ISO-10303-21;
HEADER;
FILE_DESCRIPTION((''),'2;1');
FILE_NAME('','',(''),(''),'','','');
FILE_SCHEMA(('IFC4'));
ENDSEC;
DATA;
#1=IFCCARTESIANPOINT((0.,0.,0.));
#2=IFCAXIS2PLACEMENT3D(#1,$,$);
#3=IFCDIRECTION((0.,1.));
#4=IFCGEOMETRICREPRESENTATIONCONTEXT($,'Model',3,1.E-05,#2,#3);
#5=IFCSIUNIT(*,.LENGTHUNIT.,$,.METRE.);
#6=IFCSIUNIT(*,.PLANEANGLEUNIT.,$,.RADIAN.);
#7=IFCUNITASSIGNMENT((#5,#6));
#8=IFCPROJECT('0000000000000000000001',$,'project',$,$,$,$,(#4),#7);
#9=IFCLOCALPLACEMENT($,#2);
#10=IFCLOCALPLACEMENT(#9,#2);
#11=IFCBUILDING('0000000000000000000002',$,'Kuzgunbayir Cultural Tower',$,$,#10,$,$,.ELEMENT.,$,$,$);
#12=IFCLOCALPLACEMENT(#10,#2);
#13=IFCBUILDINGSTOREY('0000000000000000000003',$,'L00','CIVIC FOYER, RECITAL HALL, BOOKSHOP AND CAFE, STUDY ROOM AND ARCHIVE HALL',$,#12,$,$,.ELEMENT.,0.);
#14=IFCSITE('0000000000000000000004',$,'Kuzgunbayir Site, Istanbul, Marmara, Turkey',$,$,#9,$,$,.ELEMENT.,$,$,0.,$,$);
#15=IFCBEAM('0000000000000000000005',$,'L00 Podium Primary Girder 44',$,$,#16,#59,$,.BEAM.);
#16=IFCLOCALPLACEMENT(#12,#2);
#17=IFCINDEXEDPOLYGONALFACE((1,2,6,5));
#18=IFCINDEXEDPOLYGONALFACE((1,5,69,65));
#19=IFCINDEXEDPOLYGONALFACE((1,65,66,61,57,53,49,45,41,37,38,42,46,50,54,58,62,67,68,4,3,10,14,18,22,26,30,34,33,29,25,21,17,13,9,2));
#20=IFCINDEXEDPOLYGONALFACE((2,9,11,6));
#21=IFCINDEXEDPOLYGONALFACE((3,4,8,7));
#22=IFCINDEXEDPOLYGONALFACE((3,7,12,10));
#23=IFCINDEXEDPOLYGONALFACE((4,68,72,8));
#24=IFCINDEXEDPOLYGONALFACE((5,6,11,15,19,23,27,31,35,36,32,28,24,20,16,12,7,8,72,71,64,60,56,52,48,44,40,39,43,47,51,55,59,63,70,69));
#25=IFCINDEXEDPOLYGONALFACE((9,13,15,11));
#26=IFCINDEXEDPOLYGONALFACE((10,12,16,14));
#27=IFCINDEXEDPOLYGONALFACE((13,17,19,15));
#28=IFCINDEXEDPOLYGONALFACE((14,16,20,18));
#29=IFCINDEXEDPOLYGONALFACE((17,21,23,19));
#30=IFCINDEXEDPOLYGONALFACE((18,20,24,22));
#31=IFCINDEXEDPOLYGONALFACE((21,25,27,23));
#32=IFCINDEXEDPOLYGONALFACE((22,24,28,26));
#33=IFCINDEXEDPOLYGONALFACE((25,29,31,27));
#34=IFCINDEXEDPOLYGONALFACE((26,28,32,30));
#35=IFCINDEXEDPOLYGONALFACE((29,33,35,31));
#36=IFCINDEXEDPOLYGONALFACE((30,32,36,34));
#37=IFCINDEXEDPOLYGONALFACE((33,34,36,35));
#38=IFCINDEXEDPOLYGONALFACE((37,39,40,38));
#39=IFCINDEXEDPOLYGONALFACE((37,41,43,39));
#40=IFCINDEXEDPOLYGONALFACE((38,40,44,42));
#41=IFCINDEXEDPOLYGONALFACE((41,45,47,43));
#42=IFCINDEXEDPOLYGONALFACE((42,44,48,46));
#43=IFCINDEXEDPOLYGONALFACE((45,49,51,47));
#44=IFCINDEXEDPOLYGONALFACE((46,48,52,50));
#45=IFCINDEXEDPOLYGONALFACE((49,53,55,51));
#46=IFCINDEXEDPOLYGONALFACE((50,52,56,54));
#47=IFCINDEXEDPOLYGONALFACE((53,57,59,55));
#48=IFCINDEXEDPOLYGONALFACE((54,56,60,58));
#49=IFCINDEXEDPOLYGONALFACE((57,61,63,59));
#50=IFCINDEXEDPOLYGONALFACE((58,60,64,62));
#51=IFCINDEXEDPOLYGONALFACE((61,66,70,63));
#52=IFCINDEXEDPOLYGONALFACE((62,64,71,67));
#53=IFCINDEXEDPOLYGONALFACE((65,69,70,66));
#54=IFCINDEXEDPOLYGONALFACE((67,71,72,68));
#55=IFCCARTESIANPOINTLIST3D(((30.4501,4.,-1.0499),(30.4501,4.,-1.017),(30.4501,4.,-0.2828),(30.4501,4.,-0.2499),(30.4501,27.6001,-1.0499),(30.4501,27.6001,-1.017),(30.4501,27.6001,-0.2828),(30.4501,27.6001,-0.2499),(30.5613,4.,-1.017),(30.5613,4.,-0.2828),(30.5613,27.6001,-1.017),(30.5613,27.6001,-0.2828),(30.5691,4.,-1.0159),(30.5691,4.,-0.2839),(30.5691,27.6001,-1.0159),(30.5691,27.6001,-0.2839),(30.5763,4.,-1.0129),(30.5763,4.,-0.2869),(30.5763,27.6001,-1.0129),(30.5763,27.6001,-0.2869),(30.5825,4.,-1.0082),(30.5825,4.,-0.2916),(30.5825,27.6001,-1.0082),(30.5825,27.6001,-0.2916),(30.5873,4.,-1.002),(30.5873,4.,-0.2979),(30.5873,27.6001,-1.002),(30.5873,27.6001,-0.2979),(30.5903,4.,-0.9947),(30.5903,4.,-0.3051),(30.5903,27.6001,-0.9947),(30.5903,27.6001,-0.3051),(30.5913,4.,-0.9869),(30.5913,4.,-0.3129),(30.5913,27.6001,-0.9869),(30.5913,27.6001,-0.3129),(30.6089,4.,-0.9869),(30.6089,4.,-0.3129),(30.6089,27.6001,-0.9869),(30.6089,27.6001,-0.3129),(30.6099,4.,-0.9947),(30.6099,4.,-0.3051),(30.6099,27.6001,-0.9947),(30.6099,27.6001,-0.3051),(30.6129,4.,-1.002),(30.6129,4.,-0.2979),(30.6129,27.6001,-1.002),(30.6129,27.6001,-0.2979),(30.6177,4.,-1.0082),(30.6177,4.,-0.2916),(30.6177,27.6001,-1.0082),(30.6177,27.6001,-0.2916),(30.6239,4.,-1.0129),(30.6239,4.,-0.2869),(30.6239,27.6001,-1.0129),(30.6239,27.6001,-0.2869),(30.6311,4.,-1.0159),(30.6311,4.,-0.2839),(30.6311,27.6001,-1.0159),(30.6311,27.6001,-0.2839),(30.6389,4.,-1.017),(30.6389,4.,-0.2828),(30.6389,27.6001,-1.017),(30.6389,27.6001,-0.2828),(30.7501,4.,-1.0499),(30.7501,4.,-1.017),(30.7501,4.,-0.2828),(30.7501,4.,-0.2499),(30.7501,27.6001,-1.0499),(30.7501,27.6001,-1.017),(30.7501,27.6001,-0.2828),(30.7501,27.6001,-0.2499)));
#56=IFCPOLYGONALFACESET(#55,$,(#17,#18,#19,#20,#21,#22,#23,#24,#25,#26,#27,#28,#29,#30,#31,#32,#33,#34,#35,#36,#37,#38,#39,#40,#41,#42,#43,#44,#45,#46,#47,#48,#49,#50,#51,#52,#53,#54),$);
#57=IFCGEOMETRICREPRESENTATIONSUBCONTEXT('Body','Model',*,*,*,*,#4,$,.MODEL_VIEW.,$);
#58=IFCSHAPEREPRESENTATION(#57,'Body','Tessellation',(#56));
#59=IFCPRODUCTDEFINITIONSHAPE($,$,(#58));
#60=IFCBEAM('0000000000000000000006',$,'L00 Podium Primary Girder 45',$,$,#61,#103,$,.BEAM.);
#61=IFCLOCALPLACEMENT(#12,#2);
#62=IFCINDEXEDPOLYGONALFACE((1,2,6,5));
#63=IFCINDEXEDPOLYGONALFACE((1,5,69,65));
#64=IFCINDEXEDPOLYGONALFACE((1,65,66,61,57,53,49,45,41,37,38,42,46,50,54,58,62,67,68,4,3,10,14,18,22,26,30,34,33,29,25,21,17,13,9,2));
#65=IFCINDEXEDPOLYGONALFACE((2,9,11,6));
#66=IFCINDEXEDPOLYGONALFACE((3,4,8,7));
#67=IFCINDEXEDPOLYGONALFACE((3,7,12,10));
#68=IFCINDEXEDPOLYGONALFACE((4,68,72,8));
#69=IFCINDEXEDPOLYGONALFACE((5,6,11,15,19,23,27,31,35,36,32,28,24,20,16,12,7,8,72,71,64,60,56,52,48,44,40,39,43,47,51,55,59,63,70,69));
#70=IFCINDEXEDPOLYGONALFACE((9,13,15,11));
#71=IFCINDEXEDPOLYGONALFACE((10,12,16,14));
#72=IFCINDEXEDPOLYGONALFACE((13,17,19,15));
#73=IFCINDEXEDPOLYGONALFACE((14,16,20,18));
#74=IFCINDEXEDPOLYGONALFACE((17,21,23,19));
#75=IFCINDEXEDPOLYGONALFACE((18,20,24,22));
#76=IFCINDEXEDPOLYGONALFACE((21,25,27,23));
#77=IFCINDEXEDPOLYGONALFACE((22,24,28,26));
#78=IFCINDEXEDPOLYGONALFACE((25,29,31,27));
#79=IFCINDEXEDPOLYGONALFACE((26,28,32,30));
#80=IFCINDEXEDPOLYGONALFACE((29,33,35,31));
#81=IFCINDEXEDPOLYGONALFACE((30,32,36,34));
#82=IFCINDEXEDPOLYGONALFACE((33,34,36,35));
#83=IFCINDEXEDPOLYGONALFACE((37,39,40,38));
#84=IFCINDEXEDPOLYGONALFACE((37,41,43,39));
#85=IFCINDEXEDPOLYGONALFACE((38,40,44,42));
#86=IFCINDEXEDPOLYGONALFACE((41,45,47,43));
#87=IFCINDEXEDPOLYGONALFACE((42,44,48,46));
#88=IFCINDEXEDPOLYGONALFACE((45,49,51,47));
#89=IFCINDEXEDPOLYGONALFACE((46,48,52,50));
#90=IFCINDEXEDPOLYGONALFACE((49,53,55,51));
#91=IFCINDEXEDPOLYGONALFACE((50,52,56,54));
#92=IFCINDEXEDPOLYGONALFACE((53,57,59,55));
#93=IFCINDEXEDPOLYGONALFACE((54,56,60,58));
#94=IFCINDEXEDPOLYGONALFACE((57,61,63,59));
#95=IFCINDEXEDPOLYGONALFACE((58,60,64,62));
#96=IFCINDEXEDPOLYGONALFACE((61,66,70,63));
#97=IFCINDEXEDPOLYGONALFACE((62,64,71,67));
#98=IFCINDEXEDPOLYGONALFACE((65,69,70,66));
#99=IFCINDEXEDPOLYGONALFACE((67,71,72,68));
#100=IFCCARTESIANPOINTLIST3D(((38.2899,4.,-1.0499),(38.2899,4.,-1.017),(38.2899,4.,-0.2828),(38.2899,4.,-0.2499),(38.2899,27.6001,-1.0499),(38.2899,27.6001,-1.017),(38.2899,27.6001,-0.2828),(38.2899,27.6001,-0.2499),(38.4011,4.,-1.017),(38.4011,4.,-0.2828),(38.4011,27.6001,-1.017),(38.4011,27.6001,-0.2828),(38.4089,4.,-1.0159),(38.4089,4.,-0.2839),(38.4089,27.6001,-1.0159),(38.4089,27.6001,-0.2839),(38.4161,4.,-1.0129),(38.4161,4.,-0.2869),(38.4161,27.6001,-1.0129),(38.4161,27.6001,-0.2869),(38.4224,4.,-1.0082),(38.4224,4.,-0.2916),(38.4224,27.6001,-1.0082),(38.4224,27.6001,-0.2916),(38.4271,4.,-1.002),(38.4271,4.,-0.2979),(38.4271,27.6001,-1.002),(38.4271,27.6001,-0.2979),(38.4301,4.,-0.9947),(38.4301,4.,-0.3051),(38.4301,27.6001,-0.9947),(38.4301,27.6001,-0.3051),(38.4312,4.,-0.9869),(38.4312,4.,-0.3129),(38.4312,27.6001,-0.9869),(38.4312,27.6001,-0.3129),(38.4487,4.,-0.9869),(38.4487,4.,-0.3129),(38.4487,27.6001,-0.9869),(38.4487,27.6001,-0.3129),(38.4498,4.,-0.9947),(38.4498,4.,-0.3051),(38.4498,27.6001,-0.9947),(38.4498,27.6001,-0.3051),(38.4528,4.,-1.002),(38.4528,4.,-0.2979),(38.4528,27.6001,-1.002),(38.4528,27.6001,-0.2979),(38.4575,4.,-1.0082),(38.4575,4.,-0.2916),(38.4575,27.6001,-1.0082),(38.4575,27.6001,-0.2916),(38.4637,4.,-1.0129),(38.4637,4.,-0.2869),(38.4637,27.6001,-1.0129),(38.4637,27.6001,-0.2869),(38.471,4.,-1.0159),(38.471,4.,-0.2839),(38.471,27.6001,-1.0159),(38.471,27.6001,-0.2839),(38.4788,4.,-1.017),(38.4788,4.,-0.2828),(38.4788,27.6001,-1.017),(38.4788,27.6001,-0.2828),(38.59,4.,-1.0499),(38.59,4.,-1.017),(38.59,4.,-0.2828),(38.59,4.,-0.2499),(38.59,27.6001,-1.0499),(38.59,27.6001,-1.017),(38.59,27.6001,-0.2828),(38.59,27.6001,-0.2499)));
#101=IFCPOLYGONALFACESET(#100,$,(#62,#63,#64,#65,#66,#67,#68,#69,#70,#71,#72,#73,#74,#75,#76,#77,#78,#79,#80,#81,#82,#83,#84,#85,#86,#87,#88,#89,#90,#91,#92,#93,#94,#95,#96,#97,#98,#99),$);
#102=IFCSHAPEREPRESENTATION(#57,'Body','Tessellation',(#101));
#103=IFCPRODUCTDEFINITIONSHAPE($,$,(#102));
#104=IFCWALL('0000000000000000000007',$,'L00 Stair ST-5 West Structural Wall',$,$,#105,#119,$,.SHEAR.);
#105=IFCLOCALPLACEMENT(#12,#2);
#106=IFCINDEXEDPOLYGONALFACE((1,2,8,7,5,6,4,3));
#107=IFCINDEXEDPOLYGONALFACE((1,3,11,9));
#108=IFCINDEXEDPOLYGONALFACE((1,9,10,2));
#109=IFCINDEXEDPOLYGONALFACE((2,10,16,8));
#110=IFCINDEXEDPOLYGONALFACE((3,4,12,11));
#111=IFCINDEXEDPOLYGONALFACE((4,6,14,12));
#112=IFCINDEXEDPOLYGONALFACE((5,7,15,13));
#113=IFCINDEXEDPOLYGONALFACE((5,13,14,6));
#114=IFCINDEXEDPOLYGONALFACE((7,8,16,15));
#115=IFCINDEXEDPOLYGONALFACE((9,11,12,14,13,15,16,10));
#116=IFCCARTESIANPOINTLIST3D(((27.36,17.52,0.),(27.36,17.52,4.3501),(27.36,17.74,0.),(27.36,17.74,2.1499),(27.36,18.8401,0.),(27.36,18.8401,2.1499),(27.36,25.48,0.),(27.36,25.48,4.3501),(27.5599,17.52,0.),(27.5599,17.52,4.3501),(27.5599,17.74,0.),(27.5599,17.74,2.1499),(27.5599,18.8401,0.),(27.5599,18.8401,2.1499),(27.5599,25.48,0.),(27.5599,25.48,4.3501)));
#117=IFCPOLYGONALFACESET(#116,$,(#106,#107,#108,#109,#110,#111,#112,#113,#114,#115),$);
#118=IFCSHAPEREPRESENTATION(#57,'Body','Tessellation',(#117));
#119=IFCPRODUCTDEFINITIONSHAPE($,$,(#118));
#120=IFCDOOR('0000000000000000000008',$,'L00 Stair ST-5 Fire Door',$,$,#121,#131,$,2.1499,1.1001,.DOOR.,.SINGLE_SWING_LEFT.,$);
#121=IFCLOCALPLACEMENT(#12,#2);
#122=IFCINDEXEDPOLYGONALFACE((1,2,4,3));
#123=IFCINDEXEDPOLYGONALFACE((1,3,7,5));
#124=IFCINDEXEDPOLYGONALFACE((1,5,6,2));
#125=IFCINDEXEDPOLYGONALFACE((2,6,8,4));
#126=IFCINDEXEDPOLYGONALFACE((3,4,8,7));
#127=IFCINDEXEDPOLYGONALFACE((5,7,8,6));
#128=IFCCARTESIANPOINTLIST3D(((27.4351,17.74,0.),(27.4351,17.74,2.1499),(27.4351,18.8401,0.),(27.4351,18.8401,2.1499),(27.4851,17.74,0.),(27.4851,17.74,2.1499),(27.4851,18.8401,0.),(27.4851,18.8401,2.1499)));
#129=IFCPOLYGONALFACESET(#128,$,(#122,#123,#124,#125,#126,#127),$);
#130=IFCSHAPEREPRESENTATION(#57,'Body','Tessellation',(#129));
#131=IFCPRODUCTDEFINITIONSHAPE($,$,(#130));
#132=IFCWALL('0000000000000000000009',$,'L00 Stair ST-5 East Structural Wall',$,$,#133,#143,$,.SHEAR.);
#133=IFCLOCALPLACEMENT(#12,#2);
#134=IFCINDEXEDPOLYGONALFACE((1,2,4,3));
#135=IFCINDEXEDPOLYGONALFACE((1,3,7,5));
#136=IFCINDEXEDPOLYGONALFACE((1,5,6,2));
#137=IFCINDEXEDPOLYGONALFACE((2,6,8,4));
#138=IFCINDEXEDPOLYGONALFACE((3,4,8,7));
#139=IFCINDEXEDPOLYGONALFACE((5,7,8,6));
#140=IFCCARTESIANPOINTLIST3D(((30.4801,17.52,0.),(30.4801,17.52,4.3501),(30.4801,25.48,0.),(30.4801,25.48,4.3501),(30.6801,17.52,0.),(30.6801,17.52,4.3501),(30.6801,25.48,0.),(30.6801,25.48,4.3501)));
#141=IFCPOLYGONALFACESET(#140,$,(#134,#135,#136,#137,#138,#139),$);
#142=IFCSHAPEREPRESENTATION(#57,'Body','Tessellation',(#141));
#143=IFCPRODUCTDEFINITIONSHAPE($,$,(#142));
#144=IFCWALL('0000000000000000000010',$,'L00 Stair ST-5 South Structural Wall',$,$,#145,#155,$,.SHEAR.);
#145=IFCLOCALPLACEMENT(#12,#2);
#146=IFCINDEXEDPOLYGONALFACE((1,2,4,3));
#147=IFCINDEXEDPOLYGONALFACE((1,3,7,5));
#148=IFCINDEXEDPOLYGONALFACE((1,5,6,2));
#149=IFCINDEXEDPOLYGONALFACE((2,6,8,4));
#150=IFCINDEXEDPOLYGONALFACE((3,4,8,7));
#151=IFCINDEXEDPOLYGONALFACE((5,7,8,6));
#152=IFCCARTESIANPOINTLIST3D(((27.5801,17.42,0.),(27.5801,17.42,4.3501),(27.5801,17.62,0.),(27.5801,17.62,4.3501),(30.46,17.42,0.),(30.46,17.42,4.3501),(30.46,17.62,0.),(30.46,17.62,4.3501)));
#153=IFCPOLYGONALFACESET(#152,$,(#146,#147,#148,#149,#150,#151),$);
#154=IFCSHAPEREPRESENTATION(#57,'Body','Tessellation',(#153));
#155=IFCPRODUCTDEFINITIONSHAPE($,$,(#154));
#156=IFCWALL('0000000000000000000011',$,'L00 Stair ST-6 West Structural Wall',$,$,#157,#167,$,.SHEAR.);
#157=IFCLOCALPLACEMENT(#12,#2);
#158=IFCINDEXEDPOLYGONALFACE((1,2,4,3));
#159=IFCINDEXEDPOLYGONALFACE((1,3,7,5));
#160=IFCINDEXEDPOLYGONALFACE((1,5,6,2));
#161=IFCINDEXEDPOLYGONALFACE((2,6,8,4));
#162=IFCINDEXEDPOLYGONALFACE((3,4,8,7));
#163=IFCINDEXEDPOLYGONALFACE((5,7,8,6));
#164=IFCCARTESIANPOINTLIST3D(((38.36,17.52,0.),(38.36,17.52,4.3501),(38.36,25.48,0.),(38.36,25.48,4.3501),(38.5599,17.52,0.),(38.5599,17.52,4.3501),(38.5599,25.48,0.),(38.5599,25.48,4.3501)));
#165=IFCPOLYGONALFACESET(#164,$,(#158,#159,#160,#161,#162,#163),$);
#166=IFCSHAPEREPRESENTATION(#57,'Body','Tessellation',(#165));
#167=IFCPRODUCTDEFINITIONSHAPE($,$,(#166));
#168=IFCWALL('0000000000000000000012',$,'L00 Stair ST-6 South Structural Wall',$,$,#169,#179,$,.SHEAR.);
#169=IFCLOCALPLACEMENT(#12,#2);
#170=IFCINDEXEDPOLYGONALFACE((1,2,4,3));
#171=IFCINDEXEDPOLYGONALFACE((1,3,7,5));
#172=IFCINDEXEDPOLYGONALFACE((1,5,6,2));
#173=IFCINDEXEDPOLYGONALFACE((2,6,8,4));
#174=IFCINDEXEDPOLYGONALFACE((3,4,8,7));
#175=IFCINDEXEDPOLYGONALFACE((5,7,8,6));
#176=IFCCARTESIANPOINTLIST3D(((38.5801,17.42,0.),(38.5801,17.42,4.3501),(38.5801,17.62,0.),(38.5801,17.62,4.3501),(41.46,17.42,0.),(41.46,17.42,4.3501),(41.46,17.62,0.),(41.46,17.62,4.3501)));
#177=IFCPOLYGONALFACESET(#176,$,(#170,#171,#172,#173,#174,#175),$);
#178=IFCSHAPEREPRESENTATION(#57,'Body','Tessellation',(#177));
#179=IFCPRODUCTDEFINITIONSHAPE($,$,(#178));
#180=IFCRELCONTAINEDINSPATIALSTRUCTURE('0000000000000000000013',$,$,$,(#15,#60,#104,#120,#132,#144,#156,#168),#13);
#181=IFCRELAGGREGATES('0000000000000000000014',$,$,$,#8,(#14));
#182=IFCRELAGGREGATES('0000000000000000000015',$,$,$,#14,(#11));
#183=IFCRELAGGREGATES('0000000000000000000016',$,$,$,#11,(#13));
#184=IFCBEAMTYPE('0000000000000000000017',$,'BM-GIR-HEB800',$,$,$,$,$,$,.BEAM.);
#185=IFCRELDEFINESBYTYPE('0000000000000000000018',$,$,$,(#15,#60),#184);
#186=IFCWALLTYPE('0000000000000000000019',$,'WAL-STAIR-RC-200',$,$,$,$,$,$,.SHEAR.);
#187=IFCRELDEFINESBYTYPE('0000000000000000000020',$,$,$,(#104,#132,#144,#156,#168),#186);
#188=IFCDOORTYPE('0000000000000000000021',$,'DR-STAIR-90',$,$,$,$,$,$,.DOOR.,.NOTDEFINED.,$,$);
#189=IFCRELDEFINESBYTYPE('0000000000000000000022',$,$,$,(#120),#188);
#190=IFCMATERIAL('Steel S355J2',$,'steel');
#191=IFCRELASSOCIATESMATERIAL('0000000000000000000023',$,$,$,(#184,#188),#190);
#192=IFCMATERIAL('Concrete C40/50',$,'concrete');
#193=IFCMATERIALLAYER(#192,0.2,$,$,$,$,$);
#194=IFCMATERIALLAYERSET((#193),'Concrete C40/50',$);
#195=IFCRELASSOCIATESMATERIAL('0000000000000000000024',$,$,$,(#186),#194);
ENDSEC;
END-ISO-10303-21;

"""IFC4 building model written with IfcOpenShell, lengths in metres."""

from ifc_helpers import new_model, si_unit, direction, frame, frame_2d, origin, origin_2d, place, context, subcontext, project, spatial, rectangle, i_section, extrude, material, layer, layer_set, material_profile, profile_set, type_object, element, fill, save


model = new_model("IFC4")

# Units and contexts
model_context = context("Model", 3, precision=1e-05, world=origin(), true_north=direction((0.0, 1.0)))
body_context = subcontext(model_context, "Body", "Model", "MODEL_VIEW")
ifc_project = project(units=[si_unit("LENGTHUNIT", "METRE"), si_unit("PLANEANGLEUNIT", "RADIAN")], contexts=[model_context])

# Site, building, storey
site_placement = place(None, origin())
site = spatial("IfcSite", under=ifc_project, at=site_placement, Name="Kuzgunbayir Site, Istanbul, Marmara, Turkey", CompositionType="ELEMENT", RefElevation=0.0)
building_placement = place(site_placement, origin())
building = spatial("IfcBuilding", under=site, at=building_placement, Name="Kuzgunbayir Cultural Tower", CompositionType="ELEMENT")
storey_placement = place(building_placement, origin())
storey = spatial("IfcBuildingStorey", under=building, at=storey_placement, Name="L00", Description="CIVIC FOYER, RECITAL HALL, BOOKSHOP AND CAFE, STUDY ROOM AND ARCHIVE HALL", CompositionType="ELEMENT", Elevation=0.0)

# Beams
ifc_material_1 = material(Name="Steel S355J2", Category="steel")
ifc_material_profile_1 = material_profile(ifc_material_1, i_section(OverallWidth=0.3, OverallDepth=0.8, WebThickness=0.0176, FlangeThickness=0.033, FilletRadius=0.03, at=origin_2d()), Name="HEB 800")
ifc_profile_set_1 = profile_set([ifc_material_profile_1], Name="Steel S355J2")
beam_type = type_object("IfcBeamType", Name="BM-GIR-HEB800", PredefinedType="BEAM", material=ifc_profile_set_1)
for number, where, z_axis, x_axis, name in (
    (1, (30.6001, 4.0, -0.6499), (0.0, 1.0, 0.0), (-1.0, 0.0, 0.0), "L00 Podium Primary Girder 44"),
    (2, (38.4399, 4.0, -0.6499), (0.0, 1.0, 0.0), (-1.0, 0.0, 0.0), "L00 Podium Primary Girder 45"),
):
    element("IfcBeam", number, at=place(storey_placement, frame(where, z_axis=z_axis, x_axis=x_axis)), inside=storey, type_object=beam_type, Name=name, PredefinedType="BEAM", context=body_context, shape_type="SweptSolid", body=[
        extrude(i_section(OverallWidth=0.3, OverallDepth=0.8, WebThickness=0.0176, FlangeThickness=0.033, FilletRadius=0.03, at=origin_2d()), origin(), (0.0, 0.0, 1.0), 23.6001),
    ])

# Wall, opening, door
ifc_material_2 = material(Name="Concrete C40/50", Category="concrete")
ifc_layer_1 = layer(ifc_material_2, 0.2)
ifc_layer_set_1 = layer_set([ifc_layer_1], Name="Concrete C40/50")
wall_type = type_object("IfcWallType", Name="WAL-STAIR-RC-200", PredefinedType="SHEAR", material=ifc_layer_set_1)
wall_1_placement = place(storey_placement, frame((27.46, 17.52, 0.0), z_axis=(0.0, 0.0, 1.0), x_axis=(0.0, 1.0, 0.0)))
wall_1 = element("IfcWall", 3, at=wall_1_placement, inside=storey, type_object=wall_type, Name="L00 Stair ST-5 West Structural Wall", PredefinedType="SHEAR", context=body_context, shape_type="SweptSolid", body=[
    extrude(rectangle(XDim=7.96, YDim=0.2, at=frame_2d((3.98, 0.0))), origin(), (0.0, 0.0, 1.0), 4.3501),
])
opening_placement = place(wall_1_placement, frame((0.22, 0.0, 0.0)))
opening = element("IfcOpeningElement", 4, at=opening_placement, cuts=wall_1, PredefinedType="OPENING", context=body_context, shape_type="SweptSolid", body=[
    extrude(rectangle(XDim=1.1001, YDim=2.1499, at=frame_2d((0.55, 1.075))), frame((0.0, 0.1099, 0.0), z_axis=(0.0, -1.0, 0.0), x_axis=(1.0, 0.0, 0.0)), (0.0, 0.0, 1.0), 0.22),
])
door_type = type_object("IfcDoorType", Name="DR-STAIR-90", OperationType="NOTDEFINED", PredefinedType="DOOR", material=ifc_material_1)
door_placement = place(opening_placement, origin())
door = element("IfcDoor", 5, at=door_placement, inside=storey, type_object=door_type, Name="L00 Stair ST-5 Fire Door", OperationType="SINGLE_SWING_LEFT", OverallHeight=2.1499, OverallWidth=1.1001, PredefinedType="DOOR", context=body_context, shape_type="SweptSolid", body=[
    extrude(rectangle(XDim=1.1001, YDim=2.1499, at=frame_2d((0.55, 1.075))), frame((0.0, 0.0249, 0.0), z_axis=(0.0, -1.0, 0.0), x_axis=(1.0, 0.0, 0.0)), (0.0, 0.0, 1.0), 0.05),
])
fill(opening, door)

# Walls
wall_2_placement = place(storey_placement, frame((30.5801, 17.52, 0.0), z_axis=(0.0, 0.0, 1.0), x_axis=(0.0, 1.0, 0.0)))
element("IfcWall", 6, at=wall_2_placement, inside=storey, type_object=wall_type, Name="L00 Stair ST-5 East Structural Wall", PredefinedType="SHEAR", context=body_context, shape_type="SweptSolid", body=[
    extrude(rectangle(XDim=7.96, YDim=0.2, at=frame_2d((3.98, 0.0))), origin(), (0.0, 0.0, 1.0), 4.3501),
])
wall_3_placement = place(storey_placement, frame((27.5801, 17.52, 0.0), z_axis=(0.0, 0.0, 1.0), x_axis=(1.0, 0.0, 0.0)))
element("IfcWall", 7, at=wall_3_placement, inside=storey, type_object=wall_type, Name="L00 Stair ST-5 South Structural Wall", PredefinedType="SHEAR", context=body_context, shape_type="SweptSolid", body=[
    extrude(rectangle(XDim=2.8799, YDim=0.2, at=frame_2d((1.4399, 0.0))), origin(), (0.0, 0.0, 1.0), 4.3501),
])
wall_4_placement = place(storey_placement, frame((38.46, 17.52, 0.0), z_axis=(0.0, 0.0, 1.0), x_axis=(0.0, 1.0, 0.0)))
element("IfcWall", 8, at=wall_4_placement, inside=storey, type_object=wall_type, Name="L00 Stair ST-6 West Structural Wall", PredefinedType="SHEAR", context=body_context, shape_type="SweptSolid", body=[
    extrude(rectangle(XDim=7.96, YDim=0.2, at=frame_2d((3.98, 0.0))), origin(), (0.0, 0.0, 1.0), 4.3501),
])
wall_5_placement = place(storey_placement, frame((38.5801, 17.52, 0.0), z_axis=(0.0, 0.0, 1.0), x_axis=(1.0, 0.0, 0.0)))
element("IfcWall", 9, at=wall_5_placement, inside=storey, type_object=wall_type, Name="L00 Stair ST-6 South Structural Wall", PredefinedType="SHEAR", context=body_context, shape_type="SweptSolid", body=[
    extrude(rectangle(XDim=2.8799, YDim=0.2, at=frame_2d((1.4399, 0.0))), origin(), (0.0, 0.0, 1.0), 4.3501),
])

save(model, "model.ifc")
